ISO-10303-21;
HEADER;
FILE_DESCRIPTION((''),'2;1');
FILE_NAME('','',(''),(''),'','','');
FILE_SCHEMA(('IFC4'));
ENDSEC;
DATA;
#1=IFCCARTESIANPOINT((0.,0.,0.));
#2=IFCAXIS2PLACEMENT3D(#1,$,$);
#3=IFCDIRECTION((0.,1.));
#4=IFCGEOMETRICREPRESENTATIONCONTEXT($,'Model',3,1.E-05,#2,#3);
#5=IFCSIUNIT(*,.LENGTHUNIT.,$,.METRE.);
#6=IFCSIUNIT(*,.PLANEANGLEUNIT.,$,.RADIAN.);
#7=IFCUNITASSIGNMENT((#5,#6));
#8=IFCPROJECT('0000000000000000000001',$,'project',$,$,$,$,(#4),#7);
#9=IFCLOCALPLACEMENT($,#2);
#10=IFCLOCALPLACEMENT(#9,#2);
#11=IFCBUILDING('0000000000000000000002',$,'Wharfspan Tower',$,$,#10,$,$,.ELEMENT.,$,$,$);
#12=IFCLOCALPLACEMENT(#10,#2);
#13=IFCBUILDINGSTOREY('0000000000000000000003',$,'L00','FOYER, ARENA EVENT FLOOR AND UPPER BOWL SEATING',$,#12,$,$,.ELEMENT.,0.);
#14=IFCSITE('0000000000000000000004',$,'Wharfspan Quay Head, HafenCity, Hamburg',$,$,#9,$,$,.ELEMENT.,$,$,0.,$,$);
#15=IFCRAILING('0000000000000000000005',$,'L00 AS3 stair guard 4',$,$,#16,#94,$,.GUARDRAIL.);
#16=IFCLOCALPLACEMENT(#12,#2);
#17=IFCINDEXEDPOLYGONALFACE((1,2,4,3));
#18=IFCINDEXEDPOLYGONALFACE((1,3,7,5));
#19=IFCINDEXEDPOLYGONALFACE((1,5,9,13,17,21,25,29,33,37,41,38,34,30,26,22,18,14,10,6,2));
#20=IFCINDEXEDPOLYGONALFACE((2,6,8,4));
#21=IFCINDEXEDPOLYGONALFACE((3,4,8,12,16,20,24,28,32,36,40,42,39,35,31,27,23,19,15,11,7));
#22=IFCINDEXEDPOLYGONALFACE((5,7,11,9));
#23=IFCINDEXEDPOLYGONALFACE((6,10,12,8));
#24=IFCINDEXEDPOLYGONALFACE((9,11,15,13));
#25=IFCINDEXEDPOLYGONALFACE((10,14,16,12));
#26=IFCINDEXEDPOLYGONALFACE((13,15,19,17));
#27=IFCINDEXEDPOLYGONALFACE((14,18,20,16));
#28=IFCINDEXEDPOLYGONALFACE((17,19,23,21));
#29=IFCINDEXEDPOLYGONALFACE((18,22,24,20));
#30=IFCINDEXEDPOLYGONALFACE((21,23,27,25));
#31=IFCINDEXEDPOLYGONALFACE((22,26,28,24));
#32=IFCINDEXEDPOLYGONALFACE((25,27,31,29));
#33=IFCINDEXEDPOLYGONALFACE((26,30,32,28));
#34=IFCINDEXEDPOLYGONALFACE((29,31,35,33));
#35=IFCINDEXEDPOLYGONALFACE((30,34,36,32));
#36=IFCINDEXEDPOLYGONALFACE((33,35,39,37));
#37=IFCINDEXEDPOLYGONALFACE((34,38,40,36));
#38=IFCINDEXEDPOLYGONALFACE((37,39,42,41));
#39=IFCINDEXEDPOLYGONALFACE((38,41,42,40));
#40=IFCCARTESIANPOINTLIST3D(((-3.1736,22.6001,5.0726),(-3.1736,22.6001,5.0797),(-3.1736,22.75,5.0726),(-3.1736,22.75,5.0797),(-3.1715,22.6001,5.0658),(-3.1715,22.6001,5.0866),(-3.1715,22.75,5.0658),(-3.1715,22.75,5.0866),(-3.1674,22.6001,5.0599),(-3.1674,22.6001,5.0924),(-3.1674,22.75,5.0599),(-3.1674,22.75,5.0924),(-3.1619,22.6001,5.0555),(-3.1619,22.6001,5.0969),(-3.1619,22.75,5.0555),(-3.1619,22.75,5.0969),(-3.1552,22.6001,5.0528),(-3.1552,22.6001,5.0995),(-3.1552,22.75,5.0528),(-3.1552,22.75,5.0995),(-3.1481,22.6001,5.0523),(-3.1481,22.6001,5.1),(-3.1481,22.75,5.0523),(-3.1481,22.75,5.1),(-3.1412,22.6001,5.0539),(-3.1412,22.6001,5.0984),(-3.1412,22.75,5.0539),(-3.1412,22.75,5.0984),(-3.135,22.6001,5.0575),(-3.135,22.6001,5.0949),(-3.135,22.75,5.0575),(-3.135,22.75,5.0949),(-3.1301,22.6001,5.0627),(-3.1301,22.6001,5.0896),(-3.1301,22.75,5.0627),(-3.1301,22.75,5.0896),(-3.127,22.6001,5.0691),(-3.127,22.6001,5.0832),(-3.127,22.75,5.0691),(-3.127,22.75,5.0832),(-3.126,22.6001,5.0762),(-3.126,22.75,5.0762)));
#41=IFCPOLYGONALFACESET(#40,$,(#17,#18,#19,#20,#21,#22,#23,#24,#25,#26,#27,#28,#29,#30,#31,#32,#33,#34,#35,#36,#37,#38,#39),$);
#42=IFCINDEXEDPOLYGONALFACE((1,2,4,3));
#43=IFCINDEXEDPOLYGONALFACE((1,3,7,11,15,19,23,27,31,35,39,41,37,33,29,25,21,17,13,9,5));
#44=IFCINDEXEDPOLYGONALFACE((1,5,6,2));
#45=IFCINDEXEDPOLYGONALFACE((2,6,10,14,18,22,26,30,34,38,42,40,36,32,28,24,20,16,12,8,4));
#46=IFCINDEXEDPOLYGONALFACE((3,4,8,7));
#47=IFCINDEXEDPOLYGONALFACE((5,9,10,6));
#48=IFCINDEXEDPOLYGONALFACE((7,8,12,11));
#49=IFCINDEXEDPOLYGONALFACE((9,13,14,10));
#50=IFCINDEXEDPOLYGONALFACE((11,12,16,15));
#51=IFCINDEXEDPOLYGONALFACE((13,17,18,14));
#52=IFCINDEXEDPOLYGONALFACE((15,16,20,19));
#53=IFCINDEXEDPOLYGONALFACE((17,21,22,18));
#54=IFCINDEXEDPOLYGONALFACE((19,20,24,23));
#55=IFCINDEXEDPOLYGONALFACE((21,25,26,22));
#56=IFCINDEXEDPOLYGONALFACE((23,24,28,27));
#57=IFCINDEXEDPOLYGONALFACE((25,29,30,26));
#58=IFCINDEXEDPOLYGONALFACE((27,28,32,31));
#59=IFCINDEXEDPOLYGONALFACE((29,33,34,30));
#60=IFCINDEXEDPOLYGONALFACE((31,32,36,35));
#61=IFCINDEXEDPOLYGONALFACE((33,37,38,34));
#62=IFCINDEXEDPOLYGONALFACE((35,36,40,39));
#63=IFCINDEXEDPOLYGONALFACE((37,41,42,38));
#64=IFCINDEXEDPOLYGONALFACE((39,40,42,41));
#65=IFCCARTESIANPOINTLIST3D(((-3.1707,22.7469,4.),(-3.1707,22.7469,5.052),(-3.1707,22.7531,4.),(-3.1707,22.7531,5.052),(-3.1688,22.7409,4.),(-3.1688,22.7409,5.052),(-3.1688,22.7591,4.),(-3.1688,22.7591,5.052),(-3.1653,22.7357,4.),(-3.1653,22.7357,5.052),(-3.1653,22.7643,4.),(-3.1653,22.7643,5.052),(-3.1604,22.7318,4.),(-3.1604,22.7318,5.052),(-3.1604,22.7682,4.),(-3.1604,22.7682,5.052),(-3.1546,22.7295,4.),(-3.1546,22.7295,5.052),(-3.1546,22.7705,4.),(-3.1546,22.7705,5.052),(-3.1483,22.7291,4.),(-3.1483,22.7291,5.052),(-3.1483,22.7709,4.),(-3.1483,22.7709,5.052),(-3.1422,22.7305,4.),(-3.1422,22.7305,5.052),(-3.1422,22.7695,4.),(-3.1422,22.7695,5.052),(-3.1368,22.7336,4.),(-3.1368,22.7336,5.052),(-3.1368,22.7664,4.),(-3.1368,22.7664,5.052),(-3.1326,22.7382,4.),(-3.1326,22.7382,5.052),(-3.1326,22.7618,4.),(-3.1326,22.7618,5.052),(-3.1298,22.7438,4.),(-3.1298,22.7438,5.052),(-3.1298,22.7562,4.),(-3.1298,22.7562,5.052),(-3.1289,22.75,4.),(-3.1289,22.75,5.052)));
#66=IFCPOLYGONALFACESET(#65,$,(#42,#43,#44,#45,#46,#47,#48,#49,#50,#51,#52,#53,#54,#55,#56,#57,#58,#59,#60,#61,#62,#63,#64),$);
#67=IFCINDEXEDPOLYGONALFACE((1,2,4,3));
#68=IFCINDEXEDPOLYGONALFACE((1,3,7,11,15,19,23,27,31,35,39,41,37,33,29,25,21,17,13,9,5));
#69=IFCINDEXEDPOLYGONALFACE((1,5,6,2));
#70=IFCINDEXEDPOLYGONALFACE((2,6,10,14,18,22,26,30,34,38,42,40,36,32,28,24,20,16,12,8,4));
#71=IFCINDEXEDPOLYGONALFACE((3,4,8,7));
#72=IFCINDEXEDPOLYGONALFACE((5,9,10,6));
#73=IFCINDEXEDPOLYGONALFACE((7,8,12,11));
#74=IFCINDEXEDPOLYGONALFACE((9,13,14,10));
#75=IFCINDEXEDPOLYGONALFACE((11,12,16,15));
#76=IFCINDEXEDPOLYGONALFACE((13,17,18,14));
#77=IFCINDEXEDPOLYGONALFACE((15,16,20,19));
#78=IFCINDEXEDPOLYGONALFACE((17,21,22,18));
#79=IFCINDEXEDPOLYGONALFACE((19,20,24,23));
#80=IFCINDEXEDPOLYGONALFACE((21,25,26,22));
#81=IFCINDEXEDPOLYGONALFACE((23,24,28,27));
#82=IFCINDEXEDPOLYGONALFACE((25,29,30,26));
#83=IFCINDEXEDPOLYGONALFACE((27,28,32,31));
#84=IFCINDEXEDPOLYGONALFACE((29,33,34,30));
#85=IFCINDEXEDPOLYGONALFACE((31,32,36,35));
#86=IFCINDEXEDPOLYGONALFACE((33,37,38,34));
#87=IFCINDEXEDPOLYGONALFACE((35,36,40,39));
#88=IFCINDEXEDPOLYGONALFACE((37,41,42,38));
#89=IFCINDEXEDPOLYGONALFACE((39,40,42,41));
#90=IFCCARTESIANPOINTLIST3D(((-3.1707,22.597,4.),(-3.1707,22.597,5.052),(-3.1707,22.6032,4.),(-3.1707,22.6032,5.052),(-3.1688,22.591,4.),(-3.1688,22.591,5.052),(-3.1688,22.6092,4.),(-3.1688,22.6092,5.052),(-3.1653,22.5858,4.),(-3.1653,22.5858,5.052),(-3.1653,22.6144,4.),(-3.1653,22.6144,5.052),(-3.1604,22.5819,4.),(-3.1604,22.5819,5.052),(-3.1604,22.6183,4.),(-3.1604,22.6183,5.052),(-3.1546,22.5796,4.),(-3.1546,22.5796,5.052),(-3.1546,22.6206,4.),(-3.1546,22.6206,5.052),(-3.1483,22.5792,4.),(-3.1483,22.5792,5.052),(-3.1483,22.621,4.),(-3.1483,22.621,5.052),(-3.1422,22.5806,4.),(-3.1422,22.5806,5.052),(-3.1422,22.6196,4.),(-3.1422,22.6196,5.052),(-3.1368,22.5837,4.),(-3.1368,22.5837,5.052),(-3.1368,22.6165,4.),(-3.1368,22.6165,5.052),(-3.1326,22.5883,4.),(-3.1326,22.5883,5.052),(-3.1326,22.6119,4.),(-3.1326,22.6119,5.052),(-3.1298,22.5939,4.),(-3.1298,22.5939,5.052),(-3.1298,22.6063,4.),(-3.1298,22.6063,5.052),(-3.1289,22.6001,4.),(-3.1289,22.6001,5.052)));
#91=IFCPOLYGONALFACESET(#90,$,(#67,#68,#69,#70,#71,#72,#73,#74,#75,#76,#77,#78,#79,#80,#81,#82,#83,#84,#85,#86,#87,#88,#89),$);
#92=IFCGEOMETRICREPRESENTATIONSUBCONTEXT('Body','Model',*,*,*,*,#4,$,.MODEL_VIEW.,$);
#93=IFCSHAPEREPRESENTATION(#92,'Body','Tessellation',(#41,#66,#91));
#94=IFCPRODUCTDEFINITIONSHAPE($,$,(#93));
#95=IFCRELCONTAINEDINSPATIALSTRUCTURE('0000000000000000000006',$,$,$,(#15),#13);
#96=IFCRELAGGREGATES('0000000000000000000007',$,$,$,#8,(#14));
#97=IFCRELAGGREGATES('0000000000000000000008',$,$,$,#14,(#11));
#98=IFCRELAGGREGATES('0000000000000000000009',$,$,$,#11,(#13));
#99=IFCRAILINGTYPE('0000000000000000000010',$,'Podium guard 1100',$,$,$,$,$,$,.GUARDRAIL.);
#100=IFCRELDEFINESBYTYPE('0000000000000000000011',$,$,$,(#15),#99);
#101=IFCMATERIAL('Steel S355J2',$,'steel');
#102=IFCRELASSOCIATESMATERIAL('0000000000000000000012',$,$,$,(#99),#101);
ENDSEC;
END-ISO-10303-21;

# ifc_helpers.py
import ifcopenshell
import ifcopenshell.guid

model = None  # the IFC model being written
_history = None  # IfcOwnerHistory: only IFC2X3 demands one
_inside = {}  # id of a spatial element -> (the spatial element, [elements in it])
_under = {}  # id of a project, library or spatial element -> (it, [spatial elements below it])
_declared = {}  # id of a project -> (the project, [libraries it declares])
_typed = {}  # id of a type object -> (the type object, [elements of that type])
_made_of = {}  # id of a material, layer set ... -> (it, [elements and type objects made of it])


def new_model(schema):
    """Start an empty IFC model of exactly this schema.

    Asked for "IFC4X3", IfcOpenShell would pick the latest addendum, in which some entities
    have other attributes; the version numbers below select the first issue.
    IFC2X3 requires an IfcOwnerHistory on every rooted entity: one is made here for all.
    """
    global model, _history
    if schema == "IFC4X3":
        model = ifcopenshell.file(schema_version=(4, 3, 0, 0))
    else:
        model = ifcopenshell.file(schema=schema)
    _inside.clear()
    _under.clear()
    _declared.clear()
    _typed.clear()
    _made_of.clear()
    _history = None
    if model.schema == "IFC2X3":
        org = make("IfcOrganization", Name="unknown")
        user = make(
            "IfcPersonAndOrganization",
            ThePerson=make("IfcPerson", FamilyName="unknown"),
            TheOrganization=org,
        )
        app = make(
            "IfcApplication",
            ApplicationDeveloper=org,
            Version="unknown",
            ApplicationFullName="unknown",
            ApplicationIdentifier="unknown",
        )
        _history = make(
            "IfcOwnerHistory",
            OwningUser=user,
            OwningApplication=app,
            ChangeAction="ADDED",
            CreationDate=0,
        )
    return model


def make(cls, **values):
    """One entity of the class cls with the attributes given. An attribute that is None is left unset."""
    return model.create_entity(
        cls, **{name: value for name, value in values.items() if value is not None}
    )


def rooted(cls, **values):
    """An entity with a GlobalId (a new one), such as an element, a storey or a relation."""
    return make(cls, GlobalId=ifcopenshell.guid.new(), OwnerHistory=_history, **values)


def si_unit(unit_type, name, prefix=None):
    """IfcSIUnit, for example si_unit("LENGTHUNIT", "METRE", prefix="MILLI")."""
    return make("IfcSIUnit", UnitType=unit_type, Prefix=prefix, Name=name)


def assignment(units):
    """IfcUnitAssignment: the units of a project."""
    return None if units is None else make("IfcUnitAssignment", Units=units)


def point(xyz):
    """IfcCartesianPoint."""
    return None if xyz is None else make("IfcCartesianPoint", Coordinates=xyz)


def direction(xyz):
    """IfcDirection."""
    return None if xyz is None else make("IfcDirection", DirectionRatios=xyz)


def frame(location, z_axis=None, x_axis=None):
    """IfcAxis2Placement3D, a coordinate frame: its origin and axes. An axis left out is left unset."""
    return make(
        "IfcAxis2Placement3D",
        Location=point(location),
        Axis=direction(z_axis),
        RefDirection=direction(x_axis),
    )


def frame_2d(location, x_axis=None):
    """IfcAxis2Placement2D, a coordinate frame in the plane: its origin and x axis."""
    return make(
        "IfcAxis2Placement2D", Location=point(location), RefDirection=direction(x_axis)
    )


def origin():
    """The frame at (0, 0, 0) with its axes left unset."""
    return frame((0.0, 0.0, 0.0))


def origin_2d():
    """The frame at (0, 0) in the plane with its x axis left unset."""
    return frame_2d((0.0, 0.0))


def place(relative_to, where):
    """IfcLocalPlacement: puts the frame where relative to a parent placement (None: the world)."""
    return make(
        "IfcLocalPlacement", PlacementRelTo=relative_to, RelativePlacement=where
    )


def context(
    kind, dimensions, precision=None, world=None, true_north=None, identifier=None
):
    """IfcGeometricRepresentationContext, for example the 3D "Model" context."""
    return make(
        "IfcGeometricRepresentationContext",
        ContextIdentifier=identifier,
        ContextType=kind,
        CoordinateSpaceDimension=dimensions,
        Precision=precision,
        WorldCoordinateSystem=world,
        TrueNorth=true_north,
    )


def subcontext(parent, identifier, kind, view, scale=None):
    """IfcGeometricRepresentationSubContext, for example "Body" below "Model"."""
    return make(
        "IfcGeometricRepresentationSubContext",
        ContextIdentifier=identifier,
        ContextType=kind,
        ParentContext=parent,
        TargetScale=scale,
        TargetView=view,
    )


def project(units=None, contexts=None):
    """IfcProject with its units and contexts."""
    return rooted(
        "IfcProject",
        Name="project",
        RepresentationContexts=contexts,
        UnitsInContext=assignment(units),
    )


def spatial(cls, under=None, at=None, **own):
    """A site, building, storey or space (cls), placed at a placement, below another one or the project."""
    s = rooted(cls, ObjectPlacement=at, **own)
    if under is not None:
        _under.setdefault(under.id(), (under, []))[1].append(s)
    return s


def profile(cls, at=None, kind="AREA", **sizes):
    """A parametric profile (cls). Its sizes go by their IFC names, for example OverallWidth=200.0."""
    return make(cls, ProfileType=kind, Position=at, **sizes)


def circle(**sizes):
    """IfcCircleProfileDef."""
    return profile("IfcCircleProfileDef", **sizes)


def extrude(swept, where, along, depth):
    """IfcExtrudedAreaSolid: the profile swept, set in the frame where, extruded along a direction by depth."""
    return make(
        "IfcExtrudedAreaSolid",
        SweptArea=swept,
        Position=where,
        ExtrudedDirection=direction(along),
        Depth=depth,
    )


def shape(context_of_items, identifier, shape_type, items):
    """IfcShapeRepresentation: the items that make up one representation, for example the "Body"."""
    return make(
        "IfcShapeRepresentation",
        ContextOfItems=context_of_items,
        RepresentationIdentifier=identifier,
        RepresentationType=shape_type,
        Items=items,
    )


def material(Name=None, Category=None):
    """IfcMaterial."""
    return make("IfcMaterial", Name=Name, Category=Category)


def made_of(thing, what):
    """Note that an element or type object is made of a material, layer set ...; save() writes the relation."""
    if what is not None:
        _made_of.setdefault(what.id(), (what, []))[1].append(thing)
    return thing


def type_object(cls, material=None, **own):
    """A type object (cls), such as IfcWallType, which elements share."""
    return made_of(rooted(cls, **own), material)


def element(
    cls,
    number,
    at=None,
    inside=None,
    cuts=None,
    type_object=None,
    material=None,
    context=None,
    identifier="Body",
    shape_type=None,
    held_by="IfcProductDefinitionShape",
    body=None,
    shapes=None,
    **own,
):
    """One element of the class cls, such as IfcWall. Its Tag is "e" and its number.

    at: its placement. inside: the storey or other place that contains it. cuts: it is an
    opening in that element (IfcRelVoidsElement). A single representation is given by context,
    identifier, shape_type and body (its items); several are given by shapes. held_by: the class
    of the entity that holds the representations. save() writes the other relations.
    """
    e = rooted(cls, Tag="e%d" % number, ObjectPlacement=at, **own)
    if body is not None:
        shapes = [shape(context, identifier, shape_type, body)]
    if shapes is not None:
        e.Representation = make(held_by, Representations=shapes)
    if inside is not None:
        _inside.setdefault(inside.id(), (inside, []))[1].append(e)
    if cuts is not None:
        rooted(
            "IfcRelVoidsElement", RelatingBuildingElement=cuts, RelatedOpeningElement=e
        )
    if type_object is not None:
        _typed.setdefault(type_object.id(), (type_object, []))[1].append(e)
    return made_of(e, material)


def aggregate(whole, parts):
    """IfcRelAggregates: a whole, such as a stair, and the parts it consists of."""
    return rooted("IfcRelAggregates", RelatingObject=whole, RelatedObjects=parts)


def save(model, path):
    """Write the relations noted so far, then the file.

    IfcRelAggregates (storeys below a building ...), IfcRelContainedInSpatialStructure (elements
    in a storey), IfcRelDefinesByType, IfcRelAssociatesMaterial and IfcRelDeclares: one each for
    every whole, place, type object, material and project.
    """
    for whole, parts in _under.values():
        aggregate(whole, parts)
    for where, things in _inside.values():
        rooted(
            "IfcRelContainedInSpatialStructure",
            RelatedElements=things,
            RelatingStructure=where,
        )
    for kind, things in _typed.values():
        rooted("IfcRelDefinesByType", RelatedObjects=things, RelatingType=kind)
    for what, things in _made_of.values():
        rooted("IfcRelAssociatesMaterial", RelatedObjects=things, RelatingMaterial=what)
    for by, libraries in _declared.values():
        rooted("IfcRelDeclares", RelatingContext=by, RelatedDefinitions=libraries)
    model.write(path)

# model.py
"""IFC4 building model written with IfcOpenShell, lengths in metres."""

from ifc_helpers import new_model, si_unit, direction, frame, origin, origin_2d, place, context, subcontext, project, spatial, circle, extrude, material, type_object, element, save


model = new_model("IFC4")

# Units and contexts
model_context = context("Model", 3, precision=1e-05, world=origin(), true_north=direction((0.0, 1.0)))
body_context = subcontext(model_context, "Body", "Model", "MODEL_VIEW")
ifc_project = project(units=[si_unit("LENGTHUNIT", "METRE"), si_unit("PLANEANGLEUNIT", "RADIAN")], contexts=[model_context])

# Site, building, storey
site_placement = place(None, origin())
site = spatial("IfcSite", under=ifc_project, at=site_placement, Name="Wharfspan Quay Head, HafenCity, Hamburg", CompositionType="ELEMENT", RefElevation=0.0)
building_placement = place(site_placement, origin())
building = spatial("IfcBuilding", under=site, at=building_placement, Name="Wharfspan Tower", CompositionType="ELEMENT")
storey_placement = place(building_placement, origin())
storey = spatial("IfcBuildingStorey", under=building, at=storey_placement, Name="L00", Description="FOYER, ARENA EVENT FLOOR AND UPPER BOWL SEATING", CompositionType="ELEMENT", Elevation=0.0)

# Shared definitions
ifc_material_1 = material(Name="Steel S355J2", Category="steel")

# Railing
railing_type_1 = type_object("IfcRailingType", Name="Podium guard 1100", PredefinedType="GUARDRAIL", material=ifc_material_1)
railing_1_placement = place(storey_placement, frame((-3.1499, 22.75, 4.0)))
element("IfcRailing", 1, at=railing_1_placement, inside=storey, type_object=railing_type_1, Name="L00 AS3 stair guard 4", PredefinedType="GUARDRAIL", context=body_context, shape_type="SweptSolid", body=[
    extrude(circle(Radius=0.0239, at=origin_2d()), frame((0.0, 0.0, 1.0762), z_axis=(0.0, -1.0, 0.0), x_axis=(1.0, 0.0, 0.0)), (0.0, 0.0, 1.0), 0.1499),
    extrude(circle(Radius=0.021, at=origin_2d()), origin(), (0.0, 0.0, 1.0), 1.052),
    extrude(circle(Radius=0.021, at=origin_2d()), frame((0.0, -0.1499, 0.0)), (0.0, 0.0, 1.0), 1.052),
])

save(model, "model.ifc")
